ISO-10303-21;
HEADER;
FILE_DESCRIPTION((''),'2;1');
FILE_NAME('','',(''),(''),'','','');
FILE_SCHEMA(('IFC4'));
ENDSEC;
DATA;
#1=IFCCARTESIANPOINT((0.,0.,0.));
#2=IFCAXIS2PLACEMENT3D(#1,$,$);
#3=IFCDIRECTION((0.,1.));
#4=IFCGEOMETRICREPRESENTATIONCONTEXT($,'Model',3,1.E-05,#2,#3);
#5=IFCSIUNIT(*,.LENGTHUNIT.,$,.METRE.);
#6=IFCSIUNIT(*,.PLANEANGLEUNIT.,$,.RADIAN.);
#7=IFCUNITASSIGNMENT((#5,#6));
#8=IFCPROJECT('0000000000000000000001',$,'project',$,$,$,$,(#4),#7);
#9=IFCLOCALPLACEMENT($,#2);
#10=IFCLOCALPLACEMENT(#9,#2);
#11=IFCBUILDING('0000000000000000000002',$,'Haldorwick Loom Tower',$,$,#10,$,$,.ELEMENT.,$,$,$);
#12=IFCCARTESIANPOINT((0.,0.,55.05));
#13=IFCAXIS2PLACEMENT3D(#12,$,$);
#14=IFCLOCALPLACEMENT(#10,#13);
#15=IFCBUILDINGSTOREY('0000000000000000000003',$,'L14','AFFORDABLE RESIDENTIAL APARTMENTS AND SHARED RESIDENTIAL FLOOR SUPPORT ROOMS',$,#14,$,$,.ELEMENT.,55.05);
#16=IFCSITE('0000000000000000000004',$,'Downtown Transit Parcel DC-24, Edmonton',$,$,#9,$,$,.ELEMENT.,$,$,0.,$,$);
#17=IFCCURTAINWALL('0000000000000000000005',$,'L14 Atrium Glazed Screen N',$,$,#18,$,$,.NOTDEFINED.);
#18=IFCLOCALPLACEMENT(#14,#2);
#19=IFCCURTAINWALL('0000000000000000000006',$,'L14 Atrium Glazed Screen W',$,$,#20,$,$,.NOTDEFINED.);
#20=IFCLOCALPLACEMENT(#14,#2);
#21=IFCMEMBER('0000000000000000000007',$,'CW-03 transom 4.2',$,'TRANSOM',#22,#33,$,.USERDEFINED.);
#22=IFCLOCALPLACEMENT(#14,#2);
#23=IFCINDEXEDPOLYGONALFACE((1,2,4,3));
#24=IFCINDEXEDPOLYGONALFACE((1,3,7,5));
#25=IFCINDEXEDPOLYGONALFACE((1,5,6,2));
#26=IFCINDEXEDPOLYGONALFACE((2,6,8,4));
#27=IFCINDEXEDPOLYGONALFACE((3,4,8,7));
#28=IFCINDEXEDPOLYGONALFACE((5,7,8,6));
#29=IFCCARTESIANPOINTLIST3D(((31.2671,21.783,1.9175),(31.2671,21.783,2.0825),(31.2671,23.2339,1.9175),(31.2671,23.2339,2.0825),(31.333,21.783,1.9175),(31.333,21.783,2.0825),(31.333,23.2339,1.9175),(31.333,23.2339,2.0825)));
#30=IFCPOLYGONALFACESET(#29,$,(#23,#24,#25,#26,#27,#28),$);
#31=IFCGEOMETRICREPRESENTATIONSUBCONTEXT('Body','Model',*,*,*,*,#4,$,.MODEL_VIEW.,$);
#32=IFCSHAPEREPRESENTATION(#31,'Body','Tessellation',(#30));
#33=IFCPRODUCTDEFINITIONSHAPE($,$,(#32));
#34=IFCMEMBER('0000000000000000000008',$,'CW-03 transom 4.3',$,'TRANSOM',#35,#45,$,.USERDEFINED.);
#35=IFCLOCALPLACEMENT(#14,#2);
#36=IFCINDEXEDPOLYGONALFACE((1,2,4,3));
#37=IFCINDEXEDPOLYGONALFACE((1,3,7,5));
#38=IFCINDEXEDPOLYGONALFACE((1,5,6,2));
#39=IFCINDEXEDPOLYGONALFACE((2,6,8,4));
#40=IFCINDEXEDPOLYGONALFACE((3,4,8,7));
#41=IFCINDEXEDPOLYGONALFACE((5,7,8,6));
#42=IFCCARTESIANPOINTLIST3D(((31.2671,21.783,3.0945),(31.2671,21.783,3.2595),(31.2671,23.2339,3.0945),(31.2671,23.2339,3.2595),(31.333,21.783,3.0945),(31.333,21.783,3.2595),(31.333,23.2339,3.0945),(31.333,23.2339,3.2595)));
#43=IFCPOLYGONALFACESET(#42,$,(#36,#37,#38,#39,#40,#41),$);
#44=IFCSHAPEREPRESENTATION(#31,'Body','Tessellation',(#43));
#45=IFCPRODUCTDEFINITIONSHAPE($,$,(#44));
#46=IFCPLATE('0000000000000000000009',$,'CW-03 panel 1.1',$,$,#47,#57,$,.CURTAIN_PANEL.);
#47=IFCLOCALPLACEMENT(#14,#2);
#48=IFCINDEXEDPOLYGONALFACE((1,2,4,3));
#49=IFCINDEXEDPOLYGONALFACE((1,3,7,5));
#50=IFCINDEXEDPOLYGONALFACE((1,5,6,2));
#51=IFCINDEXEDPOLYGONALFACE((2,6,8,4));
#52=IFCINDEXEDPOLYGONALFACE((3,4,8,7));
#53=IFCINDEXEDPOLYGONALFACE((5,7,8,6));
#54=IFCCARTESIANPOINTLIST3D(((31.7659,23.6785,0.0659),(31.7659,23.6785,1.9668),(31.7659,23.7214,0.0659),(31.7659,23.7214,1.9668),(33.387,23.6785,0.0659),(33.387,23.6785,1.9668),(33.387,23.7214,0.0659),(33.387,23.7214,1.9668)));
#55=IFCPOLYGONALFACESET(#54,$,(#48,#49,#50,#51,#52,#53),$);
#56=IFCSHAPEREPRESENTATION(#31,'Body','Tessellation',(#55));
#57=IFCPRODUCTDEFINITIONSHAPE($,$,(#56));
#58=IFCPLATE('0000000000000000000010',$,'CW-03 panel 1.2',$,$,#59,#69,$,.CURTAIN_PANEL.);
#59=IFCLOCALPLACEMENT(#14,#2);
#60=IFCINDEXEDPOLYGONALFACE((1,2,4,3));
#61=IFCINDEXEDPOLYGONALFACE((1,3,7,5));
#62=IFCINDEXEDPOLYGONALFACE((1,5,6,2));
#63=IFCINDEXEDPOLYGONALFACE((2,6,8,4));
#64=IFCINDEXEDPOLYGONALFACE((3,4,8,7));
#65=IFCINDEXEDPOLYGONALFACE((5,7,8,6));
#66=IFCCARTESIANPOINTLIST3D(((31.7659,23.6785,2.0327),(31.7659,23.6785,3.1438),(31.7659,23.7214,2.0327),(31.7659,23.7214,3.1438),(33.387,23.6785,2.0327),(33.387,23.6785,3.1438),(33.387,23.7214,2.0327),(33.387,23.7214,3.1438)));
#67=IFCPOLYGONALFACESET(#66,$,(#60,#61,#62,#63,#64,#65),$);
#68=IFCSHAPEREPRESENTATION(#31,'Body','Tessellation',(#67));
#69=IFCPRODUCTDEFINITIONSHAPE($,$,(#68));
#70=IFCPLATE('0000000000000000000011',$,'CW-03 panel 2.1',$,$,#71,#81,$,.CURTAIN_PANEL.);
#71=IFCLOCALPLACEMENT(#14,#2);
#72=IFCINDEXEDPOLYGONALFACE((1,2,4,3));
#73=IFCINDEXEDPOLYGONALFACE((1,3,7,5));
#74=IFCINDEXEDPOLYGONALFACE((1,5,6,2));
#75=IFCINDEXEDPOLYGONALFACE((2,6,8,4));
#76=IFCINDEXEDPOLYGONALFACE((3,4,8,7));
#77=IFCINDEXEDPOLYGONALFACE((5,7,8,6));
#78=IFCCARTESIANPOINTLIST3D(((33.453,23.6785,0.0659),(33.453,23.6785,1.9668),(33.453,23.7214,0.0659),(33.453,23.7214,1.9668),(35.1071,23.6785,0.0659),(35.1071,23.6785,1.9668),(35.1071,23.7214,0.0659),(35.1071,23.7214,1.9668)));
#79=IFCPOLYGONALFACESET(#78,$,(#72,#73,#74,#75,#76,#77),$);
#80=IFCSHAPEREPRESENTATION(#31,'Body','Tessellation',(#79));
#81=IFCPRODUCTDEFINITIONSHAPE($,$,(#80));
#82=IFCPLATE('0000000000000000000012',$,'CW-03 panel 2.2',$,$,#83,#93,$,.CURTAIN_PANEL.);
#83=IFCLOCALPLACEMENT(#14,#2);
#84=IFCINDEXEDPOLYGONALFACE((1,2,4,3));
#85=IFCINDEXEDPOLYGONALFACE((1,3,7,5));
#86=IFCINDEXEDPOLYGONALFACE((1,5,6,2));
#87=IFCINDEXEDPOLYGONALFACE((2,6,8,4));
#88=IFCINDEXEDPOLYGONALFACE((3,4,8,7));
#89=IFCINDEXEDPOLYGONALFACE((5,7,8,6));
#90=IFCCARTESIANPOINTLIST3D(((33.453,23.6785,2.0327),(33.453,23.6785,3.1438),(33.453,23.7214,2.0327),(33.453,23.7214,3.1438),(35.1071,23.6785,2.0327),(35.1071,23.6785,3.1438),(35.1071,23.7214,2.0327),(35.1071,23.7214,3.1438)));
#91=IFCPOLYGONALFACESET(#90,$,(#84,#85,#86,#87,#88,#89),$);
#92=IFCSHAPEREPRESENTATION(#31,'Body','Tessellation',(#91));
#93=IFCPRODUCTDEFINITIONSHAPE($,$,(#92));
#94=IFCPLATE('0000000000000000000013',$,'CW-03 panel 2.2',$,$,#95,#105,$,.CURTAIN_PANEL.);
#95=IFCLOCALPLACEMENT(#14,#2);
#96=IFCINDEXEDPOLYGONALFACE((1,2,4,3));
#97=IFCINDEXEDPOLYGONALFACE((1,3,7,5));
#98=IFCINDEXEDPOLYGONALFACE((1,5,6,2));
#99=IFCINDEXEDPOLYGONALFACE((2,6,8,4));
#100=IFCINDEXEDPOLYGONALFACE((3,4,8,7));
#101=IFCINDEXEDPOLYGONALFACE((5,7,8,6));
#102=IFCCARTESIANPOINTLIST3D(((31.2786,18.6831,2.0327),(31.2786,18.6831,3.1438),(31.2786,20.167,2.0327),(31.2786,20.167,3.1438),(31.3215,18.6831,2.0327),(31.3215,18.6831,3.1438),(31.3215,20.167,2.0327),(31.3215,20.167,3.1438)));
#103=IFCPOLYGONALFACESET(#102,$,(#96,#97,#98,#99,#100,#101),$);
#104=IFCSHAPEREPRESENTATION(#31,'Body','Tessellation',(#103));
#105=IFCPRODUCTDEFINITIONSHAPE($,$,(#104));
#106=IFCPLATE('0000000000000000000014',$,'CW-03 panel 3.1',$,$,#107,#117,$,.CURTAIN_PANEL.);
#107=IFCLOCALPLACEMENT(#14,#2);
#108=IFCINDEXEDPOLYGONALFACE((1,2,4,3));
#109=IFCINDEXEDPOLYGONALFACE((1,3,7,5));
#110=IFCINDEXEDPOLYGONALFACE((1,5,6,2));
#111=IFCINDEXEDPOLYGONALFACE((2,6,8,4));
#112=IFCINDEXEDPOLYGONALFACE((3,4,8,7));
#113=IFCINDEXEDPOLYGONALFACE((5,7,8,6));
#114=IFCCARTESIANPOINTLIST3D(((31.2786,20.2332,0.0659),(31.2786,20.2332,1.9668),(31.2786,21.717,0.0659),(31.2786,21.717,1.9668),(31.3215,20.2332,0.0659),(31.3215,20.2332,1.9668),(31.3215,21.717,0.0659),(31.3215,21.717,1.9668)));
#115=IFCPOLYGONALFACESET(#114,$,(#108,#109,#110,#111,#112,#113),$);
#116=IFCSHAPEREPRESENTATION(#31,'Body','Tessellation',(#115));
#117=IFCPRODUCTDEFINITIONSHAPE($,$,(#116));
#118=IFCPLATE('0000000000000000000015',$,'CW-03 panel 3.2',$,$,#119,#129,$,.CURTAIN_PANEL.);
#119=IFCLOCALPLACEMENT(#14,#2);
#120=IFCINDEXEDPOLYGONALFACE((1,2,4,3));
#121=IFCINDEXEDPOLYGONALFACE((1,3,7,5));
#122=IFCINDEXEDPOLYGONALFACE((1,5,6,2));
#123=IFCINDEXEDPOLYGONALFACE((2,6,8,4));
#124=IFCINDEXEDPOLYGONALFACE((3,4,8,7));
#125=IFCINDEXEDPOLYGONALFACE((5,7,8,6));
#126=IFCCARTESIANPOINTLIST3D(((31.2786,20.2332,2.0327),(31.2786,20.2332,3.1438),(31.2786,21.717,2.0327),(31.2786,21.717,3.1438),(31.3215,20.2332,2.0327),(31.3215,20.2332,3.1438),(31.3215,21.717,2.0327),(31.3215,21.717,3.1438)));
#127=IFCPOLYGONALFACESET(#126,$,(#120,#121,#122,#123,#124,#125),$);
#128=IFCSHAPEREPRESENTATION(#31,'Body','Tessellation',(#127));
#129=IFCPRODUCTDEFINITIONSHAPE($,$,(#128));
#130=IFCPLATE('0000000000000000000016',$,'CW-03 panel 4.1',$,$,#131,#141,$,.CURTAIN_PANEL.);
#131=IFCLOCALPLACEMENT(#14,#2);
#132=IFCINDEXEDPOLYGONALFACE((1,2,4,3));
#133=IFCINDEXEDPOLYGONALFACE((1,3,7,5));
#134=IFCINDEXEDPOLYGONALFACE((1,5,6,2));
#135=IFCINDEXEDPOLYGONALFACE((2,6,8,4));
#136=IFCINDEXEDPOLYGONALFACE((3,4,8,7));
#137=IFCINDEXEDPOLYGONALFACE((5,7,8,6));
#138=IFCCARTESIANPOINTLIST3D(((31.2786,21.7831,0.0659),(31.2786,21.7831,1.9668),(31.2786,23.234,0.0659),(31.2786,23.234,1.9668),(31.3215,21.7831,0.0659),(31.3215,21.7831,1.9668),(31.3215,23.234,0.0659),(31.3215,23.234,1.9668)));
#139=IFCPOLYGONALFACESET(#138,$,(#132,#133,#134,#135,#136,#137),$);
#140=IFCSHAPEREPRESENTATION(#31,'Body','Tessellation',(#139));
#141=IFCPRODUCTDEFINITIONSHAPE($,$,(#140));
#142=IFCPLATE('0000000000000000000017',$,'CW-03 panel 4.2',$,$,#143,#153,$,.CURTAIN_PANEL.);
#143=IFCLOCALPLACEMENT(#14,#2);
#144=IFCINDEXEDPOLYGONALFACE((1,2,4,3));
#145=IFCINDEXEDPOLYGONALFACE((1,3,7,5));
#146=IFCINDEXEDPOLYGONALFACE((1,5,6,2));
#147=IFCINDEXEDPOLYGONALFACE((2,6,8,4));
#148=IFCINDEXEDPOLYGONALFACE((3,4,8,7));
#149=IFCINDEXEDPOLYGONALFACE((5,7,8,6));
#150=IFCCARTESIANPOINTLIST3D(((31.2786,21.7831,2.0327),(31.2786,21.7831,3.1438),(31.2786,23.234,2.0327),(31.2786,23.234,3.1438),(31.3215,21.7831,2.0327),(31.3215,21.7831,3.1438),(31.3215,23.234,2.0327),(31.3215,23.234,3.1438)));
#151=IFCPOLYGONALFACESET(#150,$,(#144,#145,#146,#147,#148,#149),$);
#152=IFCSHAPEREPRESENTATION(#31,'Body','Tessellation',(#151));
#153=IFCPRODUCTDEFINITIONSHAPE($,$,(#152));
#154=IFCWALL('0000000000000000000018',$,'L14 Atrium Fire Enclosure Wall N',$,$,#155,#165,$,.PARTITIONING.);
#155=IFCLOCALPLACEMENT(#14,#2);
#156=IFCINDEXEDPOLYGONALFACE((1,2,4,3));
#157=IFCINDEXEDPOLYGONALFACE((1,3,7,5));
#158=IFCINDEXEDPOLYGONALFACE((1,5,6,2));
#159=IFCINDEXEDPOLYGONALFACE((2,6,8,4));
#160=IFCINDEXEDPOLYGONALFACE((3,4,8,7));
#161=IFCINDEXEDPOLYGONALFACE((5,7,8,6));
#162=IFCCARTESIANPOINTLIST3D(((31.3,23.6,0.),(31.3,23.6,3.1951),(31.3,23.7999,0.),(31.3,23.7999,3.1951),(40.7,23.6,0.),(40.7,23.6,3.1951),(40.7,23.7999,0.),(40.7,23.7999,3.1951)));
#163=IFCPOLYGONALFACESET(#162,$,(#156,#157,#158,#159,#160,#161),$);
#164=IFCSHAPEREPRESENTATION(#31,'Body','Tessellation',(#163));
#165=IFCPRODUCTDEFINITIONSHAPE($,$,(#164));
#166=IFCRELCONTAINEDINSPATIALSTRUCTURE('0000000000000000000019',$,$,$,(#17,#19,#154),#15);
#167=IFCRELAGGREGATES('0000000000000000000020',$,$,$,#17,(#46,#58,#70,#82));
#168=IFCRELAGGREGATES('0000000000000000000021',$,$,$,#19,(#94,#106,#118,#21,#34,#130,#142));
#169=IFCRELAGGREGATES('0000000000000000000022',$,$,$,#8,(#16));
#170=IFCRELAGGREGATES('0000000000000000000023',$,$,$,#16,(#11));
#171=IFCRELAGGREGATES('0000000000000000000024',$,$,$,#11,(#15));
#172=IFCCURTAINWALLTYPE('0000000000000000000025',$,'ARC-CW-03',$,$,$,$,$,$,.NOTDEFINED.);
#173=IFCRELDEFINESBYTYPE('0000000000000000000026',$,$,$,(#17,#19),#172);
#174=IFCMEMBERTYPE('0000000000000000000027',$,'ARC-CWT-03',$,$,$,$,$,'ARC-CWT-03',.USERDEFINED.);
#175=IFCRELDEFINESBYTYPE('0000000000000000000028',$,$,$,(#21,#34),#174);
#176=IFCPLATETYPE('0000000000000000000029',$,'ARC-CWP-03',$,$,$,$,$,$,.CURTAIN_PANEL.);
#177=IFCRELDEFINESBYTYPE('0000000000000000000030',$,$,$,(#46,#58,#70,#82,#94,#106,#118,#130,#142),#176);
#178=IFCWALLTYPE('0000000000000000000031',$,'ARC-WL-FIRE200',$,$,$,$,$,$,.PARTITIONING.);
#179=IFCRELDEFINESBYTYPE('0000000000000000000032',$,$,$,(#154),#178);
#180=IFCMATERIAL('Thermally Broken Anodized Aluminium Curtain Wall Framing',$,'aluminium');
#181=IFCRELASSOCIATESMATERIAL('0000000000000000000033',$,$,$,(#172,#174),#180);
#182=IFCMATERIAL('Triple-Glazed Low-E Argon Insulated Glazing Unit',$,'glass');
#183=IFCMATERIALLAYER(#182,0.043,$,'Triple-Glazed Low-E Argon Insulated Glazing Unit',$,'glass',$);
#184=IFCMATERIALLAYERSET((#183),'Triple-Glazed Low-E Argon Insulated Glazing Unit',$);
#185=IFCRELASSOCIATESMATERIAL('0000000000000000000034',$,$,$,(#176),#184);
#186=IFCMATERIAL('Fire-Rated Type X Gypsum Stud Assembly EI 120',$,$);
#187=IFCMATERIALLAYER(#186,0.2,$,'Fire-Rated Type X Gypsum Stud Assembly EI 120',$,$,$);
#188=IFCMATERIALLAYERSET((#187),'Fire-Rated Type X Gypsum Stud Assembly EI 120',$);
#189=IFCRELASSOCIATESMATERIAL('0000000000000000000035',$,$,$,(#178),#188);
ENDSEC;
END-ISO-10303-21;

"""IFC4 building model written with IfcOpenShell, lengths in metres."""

from ifc_helpers import new_model, si_unit, direction, frame, frame_2d, origin, origin_2d, place, context, subcontext, project, spatial, rectangle, extrude, material, layer, layer_set, material_profile, profile_set, type_object, element, aggregate, save


model = new_model("IFC4")

# Units and contexts
model_context = context("Model", 3, precision=1e-05, world=origin(), true_north=direction((0.0, 1.0)))
body_context = subcontext(model_context, "Body", "Model", "MODEL_VIEW")
ifc_project = project(units=[si_unit("LENGTHUNIT", "METRE"), si_unit("PLANEANGLEUNIT", "RADIAN")], contexts=[model_context])

# Site, building, storey
site_placement = place(None, origin())
site = spatial("IfcSite", under=ifc_project, at=site_placement, Name="Downtown Transit Parcel DC-24, Edmonton", CompositionType="ELEMENT", RefElevation=0.0)
building_placement = place(site_placement, origin())
building = spatial("IfcBuilding", under=site, at=building_placement, Name="Haldorwick Loom Tower", CompositionType="ELEMENT")
storey_placement = place(building_placement, frame((0.0, 0.0, 55.05)))
storey = spatial("IfcBuildingStorey", under=building, at=storey_placement, Name="L14", Description="AFFORDABLE RESIDENTIAL APARTMENTS AND SHARED RESIDENTIAL FLOOR SUPPORT ROOMS", CompositionType="ELEMENT", Elevation=55.05)

# Curtain walls
ifc_material_1 = material(Name="Thermally Broken Anodized Aluminium Curtain Wall Framing", Category="aluminium")
curtain_wall_type = type_object("IfcCurtainWallType", Name="ARC-CW-03", PredefinedType="NOTDEFINED", material=ifc_material_1)
curtain_wall_1_placement = place(storey_placement, origin())
curtain_wall_1 = element("IfcCurtainWall", 1, at=curtain_wall_1_placement, inside=storey, type_object=curtain_wall_type, Name="L14 Atrium Glazed Screen N", PredefinedType="NOTDEFINED")
curtain_wall_2_placement = place(storey_placement, origin())
curtain_wall_2 = element("IfcCurtainWall", 2, at=curtain_wall_2_placement, inside=storey, type_object=curtain_wall_type, Name="L14 Atrium Glazed Screen W", PredefinedType="NOTDEFINED")

# Members
ifc_material_profile_1 = material_profile(ifc_material_1, rectangle(XDim=0.0659, YDim=0.165, at=origin_2d()), Name="ALU_TRN_66X165", Category="aluminium")
ifc_profile_set_1 = profile_set([ifc_material_profile_1], Name="Thermally Broken Anodized Aluminium Curtain Wall Framing")
member_type_1 = type_object("IfcMemberType", Name="ARC-CWT-03", ElementType="ARC-CWT-03", PredefinedType="USERDEFINED", material=ifc_profile_set_1)
member_1_placement = place(storey_placement, frame((31.3, 21.783, 2.0), z_axis=(0.0, 1.0, 0.0), x_axis=(-1.0, 0.0, 0.0)))
member_1 = element("IfcMember", 3, at=member_1_placement, type_object=member_type_1, Name="CW-03 transom 4.2", ObjectType="TRANSOM", PredefinedType="USERDEFINED", context=body_context, shape_type="SweptSolid", body=[
    extrude(rectangle(XDim=0.0659, YDim=0.165, at=origin_2d()), origin(), (0.0, 0.0, 1.0), 1.4509),
])
member_2_placement = place(storey_placement, frame((31.3, 21.783, 3.177), z_axis=(0.0, 1.0, 0.0), x_axis=(-1.0, 0.0, 0.0)))
member_2 = element("IfcMember", 4, at=member_2_placement, type_object=member_type_1, Name="CW-03 transom 4.3", ObjectType="TRANSOM", PredefinedType="USERDEFINED", context=body_context, shape_type="SweptSolid", body=[
    extrude(rectangle(XDim=0.0659, YDim=0.165, at=origin_2d()), origin(), (0.0, 0.0, 1.0), 1.4509),
])

# Plates
ifc_material_2 = material(Name="Triple-Glazed Low-E Argon Insulated Glazing Unit", Category="glass")
ifc_layer_1 = layer(ifc_material_2, 0.043, Name="Triple-Glazed Low-E Argon Insulated Glazing Unit", Category="glass")
ifc_layer_set_1 = layer_set([ifc_layer_1], Name="Triple-Glazed Low-E Argon Insulated Glazing Unit")
plate_type = type_object("IfcPlateType", Name="ARC-CWP-03", PredefinedType="CURTAIN_PANEL", material=ifc_layer_set_1)
plate_1_placement = place(storey_placement, frame((32.5764, 23.7, 0.0659), z_axis=(0.0, 0.0, 1.0), x_axis=(1.0, 0.0, 0.0)))
plate_1 = element("IfcPlate", 5, at=plate_1_placement, type_object=plate_type, Name="CW-03 panel 1.1", PredefinedType="CURTAIN_PANEL", context=body_context, shape_type="SweptSolid", body=[
    extrude(rectangle(XDim=1.6211, YDim=0.043, at=origin_2d()), origin(), (0.0, 0.0, 1.0), 1.9009),
])
plate_2_placement = place(storey_placement, frame((32.5764, 23.7, 2.0327), z_axis=(0.0, 0.0, 1.0), x_axis=(1.0, 0.0, 0.0)))
plate_2 = element("IfcPlate", 6, at=plate_2_placement, type_object=plate_type, Name="CW-03 panel 1.2", PredefinedType="CURTAIN_PANEL", context=body_context, shape_type="SweptSolid", body=[
    extrude(rectangle(XDim=1.6211, YDim=0.043, at=origin_2d()), origin(), (0.0, 0.0, 1.0), 1.1111),
])
plate_3_placement = place(storey_placement, frame((34.28, 23.7, 0.0659), z_axis=(0.0, 0.0, 1.0), x_axis=(1.0, 0.0, 0.0)))
plate_3 = element("IfcPlate", 7, at=plate_3_placement, type_object=plate_type, Name="CW-03 panel 2.1", PredefinedType="CURTAIN_PANEL", context=body_context, shape_type="SweptSolid", body=[
    extrude(rectangle(XDim=1.6541, YDim=0.043, at=origin_2d()), origin(), (0.0, 0.0, 1.0), 1.9009),
])
plate_4_placement = place(storey_placement, frame((34.28, 23.7, 2.0327), z_axis=(0.0, 0.0, 1.0), x_axis=(1.0, 0.0, 0.0)))
plate_4 = element("IfcPlate", 8, at=plate_4_placement, type_object=plate_type, Name="CW-03 panel 2.2", PredefinedType="CURTAIN_PANEL", context=body_context, shape_type="SweptSolid", body=[
    extrude(rectangle(XDim=1.6541, YDim=0.043, at=origin_2d()), origin(), (0.0, 0.0, 1.0), 1.1111),
])
aggregate(curtain_wall_1, [plate_1, plate_2, plate_3, plate_4])
plate_5_placement = place(storey_placement, frame((31.3, 19.425, 2.0327), z_axis=(0.0, 0.0, 1.0), x_axis=(0.0, 1.0, 0.0)))
plate_5 = element("IfcPlate", 9, at=plate_5_placement, type_object=plate_type, Name="CW-03 panel 2.2", PredefinedType="CURTAIN_PANEL", context=body_context, shape_type="SweptSolid", body=[
    extrude(rectangle(XDim=1.4839, YDim=0.043, at=origin_2d()), origin(), (0.0, 0.0, 1.0), 1.1111),
])
plate_6_placement = place(storey_placement, frame((31.3, 20.9751, 0.0659), z_axis=(0.0, 0.0, 1.0), x_axis=(0.0, 1.0, 0.0)))
plate_6 = element("IfcPlate", 10, at=plate_6_placement, type_object=plate_type, Name="CW-03 panel 3.1", PredefinedType="CURTAIN_PANEL", context=body_context, shape_type="SweptSolid", body=[
    extrude(rectangle(XDim=1.4839, YDim=0.043, at=origin_2d()), origin(), (0.0, 0.0, 1.0), 1.9009),
])
plate_7_placement = place(storey_placement, frame((31.3, 20.9751, 2.0327), z_axis=(0.0, 0.0, 1.0), x_axis=(0.0, 1.0, 0.0)))
plate_7 = element("IfcPlate", 11, at=plate_7_placement, type_object=plate_type, Name="CW-03 panel 3.2", PredefinedType="CURTAIN_PANEL", context=body_context, shape_type="SweptSolid", body=[
    extrude(rectangle(XDim=1.4839, YDim=0.043, at=origin_2d()), origin(), (0.0, 0.0, 1.0), 1.1111),
])
plate_8_placement = place(storey_placement, frame((31.3, 22.5085, 0.0659), z_axis=(0.0, 0.0, 1.0), x_axis=(0.0, 1.0, 0.0)))
plate_8 = element("IfcPlate", 12, at=plate_8_placement, type_object=plate_type, Name="CW-03 panel 4.1", PredefinedType="CURTAIN_PANEL", context=body_context, shape_type="SweptSolid", body=[
    extrude(rectangle(XDim=1.4509, YDim=0.043, at=origin_2d()), origin(), (0.0, 0.0, 1.0), 1.9009),
])
plate_9_placement = place(storey_placement, frame((31.3, 22.5085, 2.0327), z_axis=(0.0, 0.0, 1.0), x_axis=(0.0, 1.0, 0.0)))
plate_9 = element("IfcPlate", 13, at=plate_9_placement, type_object=plate_type, Name="CW-03 panel 4.2", PredefinedType="CURTAIN_PANEL", context=body_context, shape_type="SweptSolid", body=[
    extrude(rectangle(XDim=1.4509, YDim=0.043, at=origin_2d()), origin(), (0.0, 0.0, 1.0), 1.1111),
])
aggregate(curtain_wall_2, [plate_5, plate_6, plate_7, member_1, member_2, plate_8, plate_9])

# Wall
ifc_material_3 = material(Name="Fire-Rated Type X Gypsum Stud Assembly EI 120")
ifc_layer_2 = layer(ifc_material_3, 0.2, Name="Fire-Rated Type X Gypsum Stud Assembly EI 120")
ifc_layer_set_2 = layer_set([ifc_layer_2], Name="Fire-Rated Type X Gypsum Stud Assembly EI 120")
wall_type = type_object("IfcWallType", Name="ARC-WL-FIRE200", PredefinedType="PARTITIONING", material=ifc_layer_set_2)
wall_placement = place(storey_placement, frame((31.3, 23.7, 0.0), z_axis=(0.0, 0.0, 1.0), x_axis=(1.0, 0.0, 0.0)))
element("IfcWall", 14, at=wall_placement, inside=storey, type_object=wall_type, Name="L14 Atrium Fire Enclosure Wall N", PredefinedType="PARTITIONING", context=body_context, shape_type="SweptSolid", body=[
    extrude(rectangle(XDim=9.3999, YDim=0.2, at=frame_2d((4.7, 0.0))), origin(), (0.0, 0.0, 1.0), 3.1951),
])

save(model, "model.ifc")
